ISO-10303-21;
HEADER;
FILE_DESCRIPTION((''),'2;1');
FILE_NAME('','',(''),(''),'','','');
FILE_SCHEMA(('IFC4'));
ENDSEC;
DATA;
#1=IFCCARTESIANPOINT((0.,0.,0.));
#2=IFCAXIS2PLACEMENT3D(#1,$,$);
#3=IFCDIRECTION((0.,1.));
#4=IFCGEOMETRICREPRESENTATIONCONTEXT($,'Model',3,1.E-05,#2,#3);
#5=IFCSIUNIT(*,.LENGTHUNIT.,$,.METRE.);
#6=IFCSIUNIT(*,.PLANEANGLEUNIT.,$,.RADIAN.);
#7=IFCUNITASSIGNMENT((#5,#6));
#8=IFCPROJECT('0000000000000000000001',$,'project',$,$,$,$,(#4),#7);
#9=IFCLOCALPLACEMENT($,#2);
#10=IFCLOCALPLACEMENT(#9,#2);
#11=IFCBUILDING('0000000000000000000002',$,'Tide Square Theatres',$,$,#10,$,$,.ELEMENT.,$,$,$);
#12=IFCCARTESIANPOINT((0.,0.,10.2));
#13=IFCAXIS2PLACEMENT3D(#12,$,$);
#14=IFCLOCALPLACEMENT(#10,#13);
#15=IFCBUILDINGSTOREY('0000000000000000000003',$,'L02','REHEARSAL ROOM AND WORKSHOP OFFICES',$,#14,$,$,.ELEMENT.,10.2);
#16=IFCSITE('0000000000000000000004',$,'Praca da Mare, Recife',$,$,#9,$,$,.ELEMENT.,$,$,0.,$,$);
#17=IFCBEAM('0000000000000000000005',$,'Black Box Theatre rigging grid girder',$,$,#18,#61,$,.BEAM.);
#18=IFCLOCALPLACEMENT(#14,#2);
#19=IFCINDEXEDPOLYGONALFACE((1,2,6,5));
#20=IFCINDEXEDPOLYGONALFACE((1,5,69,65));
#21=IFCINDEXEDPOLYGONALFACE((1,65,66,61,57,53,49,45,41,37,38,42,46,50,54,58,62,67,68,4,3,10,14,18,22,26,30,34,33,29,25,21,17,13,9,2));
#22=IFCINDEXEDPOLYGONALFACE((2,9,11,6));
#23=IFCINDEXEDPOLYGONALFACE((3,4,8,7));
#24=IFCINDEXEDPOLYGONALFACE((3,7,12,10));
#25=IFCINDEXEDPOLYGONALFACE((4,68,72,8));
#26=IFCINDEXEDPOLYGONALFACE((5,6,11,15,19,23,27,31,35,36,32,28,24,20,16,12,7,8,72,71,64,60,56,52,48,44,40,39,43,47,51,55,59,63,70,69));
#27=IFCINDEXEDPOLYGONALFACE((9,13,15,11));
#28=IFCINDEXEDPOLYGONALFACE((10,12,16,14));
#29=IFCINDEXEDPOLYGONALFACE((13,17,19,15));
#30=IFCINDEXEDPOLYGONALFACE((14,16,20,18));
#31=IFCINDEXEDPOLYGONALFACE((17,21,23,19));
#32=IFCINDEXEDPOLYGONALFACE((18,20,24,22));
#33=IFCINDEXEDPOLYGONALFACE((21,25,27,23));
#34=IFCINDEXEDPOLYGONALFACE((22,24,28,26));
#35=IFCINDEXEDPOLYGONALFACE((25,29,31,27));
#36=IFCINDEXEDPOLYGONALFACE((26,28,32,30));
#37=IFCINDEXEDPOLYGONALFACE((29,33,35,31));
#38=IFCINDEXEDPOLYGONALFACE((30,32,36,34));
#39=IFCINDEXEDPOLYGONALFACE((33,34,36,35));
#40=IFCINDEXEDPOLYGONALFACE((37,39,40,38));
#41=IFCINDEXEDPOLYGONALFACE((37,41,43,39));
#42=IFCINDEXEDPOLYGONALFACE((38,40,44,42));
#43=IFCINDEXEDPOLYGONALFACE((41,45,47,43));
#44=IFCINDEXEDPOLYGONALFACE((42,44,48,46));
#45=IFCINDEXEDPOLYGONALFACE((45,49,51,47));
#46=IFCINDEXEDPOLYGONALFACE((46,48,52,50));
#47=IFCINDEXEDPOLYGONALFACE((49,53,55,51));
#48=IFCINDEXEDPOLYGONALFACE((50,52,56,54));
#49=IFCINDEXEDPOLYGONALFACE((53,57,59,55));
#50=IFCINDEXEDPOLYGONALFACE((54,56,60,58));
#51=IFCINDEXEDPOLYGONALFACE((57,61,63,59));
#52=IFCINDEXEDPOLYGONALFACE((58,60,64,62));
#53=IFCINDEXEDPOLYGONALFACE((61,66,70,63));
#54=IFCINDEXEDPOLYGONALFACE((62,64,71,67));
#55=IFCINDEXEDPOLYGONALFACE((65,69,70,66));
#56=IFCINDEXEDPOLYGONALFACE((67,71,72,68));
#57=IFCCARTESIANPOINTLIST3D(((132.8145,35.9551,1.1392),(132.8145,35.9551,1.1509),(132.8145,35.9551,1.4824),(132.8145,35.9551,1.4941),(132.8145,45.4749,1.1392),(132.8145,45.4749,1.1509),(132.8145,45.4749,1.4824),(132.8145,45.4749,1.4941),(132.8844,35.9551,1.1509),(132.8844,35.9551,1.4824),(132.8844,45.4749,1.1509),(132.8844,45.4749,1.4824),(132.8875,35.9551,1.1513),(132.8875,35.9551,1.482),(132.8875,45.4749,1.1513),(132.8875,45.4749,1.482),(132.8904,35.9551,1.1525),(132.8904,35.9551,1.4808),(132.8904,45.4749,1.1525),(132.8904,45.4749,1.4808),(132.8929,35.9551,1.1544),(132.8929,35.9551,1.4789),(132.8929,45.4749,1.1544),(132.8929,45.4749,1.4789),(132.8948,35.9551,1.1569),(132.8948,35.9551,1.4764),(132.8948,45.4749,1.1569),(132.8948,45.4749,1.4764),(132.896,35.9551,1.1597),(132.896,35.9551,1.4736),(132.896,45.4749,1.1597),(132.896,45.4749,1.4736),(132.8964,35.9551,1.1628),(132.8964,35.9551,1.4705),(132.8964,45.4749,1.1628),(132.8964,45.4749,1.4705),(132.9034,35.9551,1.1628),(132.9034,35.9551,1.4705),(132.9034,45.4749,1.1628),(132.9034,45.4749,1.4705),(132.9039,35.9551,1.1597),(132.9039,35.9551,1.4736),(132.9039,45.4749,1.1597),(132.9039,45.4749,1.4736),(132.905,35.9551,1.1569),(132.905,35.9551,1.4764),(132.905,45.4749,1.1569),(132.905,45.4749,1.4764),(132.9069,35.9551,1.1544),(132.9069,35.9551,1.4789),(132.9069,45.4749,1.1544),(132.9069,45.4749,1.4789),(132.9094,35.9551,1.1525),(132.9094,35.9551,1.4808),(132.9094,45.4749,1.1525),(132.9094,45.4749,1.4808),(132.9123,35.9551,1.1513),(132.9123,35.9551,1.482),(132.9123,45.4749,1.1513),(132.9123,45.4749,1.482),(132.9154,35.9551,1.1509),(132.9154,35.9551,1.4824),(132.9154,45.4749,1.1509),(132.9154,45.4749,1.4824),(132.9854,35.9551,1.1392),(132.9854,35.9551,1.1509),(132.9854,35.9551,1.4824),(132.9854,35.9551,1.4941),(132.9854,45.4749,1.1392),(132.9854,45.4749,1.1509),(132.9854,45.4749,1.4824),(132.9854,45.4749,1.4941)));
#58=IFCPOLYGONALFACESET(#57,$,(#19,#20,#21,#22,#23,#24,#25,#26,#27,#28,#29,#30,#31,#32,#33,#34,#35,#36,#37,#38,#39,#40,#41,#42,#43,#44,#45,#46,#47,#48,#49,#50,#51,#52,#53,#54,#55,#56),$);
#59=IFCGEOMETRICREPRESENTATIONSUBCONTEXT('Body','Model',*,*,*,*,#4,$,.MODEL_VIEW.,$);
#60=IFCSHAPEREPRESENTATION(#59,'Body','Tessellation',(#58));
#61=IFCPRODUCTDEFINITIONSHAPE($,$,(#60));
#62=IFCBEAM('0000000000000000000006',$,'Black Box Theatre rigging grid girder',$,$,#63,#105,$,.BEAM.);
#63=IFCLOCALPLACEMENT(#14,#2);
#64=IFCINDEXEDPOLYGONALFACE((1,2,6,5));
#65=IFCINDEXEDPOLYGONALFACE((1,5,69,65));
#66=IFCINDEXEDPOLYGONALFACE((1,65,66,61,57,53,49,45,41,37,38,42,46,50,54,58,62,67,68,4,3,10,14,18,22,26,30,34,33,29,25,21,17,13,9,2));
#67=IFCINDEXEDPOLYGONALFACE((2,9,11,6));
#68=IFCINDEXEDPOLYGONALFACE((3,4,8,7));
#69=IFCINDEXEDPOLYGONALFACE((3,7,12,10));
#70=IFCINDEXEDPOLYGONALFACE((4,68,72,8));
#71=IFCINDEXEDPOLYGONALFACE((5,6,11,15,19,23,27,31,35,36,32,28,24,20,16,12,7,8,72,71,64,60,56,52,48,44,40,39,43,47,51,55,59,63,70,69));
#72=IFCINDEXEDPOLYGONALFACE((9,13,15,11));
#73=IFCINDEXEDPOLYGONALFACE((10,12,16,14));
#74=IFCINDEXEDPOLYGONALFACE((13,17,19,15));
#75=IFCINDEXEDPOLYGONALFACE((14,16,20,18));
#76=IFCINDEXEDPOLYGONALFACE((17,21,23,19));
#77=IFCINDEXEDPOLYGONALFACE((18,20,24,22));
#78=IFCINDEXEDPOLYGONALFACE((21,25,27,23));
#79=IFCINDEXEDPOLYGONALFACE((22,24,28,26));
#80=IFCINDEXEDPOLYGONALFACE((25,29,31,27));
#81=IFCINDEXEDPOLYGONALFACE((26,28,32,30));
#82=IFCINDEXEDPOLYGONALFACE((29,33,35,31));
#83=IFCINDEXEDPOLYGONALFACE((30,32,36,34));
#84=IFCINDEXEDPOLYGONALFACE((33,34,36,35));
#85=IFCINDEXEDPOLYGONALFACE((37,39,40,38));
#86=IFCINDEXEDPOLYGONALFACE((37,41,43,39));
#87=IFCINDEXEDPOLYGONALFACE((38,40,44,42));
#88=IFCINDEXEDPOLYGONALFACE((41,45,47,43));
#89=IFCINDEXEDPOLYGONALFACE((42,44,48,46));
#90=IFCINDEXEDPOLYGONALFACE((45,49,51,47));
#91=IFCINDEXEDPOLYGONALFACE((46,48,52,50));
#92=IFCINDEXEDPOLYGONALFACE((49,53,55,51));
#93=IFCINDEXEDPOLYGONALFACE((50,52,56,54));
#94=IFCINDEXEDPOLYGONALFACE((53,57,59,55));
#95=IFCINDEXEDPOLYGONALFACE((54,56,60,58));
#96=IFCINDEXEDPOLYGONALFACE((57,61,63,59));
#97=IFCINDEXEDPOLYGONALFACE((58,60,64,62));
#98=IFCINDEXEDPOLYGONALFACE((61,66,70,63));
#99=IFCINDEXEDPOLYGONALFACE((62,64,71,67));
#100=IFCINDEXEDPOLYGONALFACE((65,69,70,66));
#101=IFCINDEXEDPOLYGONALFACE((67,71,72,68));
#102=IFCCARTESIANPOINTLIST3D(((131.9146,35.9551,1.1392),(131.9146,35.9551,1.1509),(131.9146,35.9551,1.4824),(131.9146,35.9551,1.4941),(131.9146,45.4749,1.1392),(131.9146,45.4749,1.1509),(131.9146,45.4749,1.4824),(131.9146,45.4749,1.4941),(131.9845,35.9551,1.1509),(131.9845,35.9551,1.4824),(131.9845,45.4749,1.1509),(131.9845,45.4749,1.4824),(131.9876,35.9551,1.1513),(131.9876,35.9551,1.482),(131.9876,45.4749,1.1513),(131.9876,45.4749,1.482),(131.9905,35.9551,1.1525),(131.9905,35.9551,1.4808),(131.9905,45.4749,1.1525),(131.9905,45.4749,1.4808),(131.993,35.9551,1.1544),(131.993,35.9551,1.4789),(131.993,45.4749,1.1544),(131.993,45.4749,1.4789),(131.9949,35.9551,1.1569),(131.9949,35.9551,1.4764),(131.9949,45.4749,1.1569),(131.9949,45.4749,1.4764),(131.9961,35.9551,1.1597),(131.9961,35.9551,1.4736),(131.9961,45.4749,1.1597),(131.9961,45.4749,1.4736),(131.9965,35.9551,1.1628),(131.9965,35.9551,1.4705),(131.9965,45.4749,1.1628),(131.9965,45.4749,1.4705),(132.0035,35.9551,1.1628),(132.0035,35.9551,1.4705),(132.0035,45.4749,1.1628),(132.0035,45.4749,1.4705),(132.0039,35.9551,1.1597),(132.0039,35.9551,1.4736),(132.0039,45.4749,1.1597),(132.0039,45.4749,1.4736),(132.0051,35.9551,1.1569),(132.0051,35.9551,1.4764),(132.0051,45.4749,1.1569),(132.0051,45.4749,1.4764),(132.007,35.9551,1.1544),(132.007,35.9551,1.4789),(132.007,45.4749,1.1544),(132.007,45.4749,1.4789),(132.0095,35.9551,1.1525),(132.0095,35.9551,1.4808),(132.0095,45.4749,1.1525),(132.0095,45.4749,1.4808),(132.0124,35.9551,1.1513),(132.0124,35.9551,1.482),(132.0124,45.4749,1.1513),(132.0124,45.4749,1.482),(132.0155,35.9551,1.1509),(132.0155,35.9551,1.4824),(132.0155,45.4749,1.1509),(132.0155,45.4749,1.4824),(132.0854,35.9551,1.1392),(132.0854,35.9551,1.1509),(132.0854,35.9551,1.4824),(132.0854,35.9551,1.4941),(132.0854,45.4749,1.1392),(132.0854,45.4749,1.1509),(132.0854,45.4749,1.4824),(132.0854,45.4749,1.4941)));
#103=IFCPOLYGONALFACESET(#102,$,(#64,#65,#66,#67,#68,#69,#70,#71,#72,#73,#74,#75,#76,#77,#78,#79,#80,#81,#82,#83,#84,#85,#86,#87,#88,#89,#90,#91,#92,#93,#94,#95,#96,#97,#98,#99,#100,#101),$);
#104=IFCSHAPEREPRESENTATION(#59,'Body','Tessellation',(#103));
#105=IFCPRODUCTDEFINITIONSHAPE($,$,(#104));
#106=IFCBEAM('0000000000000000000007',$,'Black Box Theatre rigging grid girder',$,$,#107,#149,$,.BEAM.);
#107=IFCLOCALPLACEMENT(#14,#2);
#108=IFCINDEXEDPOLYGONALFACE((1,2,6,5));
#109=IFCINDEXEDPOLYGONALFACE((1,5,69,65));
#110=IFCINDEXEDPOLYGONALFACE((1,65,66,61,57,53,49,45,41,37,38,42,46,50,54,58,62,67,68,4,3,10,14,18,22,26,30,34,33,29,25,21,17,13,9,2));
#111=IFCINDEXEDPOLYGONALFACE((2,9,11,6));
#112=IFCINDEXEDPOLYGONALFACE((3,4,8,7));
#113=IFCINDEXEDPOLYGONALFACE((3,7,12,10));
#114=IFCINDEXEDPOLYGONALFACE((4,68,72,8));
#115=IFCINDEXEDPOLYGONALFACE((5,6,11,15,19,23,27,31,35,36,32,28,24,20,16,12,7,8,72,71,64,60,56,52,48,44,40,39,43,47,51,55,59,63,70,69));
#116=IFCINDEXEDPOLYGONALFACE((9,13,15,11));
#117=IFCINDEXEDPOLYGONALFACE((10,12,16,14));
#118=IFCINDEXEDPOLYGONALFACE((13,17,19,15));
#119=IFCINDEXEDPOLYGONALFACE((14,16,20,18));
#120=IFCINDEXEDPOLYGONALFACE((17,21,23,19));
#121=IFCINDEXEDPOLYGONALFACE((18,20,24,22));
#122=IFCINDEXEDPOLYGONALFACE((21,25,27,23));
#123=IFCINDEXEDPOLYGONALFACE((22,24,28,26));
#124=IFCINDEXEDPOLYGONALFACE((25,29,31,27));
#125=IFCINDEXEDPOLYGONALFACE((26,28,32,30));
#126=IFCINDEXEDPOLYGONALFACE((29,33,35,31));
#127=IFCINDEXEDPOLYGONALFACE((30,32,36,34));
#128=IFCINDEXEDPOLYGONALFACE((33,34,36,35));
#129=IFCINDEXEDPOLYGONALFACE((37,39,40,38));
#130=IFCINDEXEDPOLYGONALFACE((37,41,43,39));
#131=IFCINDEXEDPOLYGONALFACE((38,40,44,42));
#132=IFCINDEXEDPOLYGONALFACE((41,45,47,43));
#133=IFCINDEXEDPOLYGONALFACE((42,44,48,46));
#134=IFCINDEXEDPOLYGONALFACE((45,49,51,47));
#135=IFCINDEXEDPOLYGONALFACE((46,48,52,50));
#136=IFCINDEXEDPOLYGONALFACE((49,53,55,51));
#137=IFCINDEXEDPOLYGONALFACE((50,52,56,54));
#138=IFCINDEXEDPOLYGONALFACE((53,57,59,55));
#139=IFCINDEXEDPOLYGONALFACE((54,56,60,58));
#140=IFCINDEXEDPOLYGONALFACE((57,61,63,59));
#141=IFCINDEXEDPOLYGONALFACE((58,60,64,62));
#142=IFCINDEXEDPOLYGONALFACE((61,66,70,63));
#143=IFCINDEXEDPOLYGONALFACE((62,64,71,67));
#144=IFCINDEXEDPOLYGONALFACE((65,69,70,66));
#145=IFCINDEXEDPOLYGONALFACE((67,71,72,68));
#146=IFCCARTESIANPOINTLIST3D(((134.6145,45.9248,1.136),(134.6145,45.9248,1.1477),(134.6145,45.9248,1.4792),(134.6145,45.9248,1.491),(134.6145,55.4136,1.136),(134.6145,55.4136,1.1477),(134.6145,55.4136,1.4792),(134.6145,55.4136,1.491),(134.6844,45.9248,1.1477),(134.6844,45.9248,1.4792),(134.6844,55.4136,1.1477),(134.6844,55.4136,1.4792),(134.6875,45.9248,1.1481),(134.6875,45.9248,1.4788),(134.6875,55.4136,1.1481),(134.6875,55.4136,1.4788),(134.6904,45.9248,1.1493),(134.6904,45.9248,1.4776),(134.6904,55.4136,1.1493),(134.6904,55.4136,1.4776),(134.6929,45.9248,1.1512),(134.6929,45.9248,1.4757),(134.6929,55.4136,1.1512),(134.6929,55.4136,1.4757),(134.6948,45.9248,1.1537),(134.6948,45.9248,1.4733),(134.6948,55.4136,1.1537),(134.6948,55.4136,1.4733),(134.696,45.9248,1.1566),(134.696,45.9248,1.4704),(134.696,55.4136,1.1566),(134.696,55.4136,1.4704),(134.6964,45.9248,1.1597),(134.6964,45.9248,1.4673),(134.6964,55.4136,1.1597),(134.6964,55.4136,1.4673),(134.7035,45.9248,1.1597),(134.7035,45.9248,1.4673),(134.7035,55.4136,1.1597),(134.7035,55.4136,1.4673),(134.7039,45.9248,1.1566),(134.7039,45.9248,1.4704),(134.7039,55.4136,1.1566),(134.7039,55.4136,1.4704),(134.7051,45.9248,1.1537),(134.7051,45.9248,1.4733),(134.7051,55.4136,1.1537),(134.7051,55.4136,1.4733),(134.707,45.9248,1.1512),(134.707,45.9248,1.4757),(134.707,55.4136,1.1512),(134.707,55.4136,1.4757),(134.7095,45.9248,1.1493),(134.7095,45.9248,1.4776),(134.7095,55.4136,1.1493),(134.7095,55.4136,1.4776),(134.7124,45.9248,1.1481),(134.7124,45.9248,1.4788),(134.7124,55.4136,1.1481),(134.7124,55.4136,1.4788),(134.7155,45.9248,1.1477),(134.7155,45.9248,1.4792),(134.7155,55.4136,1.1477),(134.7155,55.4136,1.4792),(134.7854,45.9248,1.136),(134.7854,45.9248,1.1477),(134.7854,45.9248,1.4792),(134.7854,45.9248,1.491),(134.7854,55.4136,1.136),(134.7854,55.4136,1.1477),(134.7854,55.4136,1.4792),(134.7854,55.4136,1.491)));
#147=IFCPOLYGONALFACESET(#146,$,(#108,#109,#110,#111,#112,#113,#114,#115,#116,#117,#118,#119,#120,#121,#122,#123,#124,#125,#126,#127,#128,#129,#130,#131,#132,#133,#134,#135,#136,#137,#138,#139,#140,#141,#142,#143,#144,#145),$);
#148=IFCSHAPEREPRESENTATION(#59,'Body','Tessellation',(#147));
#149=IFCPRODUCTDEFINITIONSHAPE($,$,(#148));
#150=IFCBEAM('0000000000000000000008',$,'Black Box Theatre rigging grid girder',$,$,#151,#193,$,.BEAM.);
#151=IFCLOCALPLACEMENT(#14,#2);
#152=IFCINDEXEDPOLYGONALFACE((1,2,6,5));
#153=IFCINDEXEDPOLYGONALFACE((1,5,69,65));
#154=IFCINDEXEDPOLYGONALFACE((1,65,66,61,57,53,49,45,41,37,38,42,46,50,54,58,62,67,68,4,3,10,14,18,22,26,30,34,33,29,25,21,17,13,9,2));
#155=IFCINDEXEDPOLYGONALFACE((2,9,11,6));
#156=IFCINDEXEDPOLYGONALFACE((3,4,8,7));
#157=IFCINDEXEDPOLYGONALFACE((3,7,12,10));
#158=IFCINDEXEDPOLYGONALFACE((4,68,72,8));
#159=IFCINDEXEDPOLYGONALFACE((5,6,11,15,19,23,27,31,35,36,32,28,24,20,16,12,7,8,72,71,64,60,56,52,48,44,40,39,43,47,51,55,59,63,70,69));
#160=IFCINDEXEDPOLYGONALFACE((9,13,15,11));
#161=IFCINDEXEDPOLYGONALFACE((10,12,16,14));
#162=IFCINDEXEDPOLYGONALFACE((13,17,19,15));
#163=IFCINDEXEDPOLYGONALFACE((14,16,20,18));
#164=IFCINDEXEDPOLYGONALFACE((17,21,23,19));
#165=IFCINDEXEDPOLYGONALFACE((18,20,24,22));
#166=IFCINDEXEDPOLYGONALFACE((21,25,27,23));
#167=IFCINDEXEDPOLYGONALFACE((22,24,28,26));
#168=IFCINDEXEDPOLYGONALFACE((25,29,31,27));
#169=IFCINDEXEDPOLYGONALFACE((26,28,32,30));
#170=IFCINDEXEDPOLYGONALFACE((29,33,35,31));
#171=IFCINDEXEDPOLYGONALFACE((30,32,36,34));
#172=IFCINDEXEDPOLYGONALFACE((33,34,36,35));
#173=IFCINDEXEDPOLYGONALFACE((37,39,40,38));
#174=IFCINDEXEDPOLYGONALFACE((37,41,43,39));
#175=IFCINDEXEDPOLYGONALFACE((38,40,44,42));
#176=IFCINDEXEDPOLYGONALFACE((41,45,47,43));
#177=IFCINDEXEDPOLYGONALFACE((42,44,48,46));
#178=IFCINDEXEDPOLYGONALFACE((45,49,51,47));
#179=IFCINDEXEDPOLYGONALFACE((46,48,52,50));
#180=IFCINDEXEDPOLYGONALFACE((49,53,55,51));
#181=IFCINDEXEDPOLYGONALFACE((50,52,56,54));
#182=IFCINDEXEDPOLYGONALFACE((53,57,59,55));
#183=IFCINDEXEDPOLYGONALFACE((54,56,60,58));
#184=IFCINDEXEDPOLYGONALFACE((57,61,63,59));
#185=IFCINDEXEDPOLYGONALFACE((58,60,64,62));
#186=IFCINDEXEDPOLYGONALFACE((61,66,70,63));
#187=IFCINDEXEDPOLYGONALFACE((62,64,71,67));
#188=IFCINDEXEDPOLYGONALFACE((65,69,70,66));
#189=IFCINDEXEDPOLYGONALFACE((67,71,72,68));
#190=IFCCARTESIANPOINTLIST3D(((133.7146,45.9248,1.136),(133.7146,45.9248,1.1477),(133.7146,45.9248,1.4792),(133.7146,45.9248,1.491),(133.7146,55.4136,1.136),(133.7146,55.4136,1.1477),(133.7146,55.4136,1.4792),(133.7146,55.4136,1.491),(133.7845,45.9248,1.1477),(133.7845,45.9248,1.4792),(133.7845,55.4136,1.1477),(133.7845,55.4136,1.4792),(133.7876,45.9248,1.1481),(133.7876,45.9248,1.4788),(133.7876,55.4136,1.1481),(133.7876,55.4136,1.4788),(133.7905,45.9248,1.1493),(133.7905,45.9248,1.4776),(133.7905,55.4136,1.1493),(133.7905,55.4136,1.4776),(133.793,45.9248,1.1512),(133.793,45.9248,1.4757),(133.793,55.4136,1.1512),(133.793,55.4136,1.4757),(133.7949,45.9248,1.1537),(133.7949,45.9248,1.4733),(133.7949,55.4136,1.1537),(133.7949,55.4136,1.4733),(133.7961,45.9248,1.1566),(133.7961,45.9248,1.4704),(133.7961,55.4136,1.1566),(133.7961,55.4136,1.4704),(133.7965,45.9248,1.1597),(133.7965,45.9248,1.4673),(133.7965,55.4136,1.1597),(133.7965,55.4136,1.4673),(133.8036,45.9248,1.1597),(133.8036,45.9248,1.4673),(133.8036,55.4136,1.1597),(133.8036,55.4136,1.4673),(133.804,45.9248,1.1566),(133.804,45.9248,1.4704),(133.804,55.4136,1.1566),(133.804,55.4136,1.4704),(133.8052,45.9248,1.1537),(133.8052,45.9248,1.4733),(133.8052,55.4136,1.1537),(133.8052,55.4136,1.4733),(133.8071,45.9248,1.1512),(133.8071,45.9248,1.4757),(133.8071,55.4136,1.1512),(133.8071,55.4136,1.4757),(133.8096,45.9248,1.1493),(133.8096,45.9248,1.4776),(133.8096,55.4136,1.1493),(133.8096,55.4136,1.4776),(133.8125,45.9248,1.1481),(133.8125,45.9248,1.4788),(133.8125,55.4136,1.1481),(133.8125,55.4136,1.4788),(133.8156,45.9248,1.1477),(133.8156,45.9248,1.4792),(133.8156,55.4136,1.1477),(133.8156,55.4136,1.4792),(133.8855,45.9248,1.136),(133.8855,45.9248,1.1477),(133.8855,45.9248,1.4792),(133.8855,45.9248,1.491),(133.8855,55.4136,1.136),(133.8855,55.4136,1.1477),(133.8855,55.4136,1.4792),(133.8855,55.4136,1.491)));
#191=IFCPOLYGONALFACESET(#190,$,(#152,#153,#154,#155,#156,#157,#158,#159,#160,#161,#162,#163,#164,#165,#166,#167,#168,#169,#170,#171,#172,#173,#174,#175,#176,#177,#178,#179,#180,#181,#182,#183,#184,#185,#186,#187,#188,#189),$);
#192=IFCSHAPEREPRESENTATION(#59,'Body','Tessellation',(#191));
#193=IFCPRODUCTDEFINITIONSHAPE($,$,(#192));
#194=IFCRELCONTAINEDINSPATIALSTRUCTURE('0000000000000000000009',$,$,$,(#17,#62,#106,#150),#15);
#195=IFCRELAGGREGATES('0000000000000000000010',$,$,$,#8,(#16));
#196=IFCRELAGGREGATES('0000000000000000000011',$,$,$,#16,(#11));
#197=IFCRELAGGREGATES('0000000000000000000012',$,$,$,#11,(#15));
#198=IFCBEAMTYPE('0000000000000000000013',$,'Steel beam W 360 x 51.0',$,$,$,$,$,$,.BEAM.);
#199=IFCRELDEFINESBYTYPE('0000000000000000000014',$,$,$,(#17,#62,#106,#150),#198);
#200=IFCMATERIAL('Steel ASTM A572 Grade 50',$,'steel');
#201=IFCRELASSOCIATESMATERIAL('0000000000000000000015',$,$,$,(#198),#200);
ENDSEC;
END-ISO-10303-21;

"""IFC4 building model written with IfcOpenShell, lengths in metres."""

from ifc_helpers import new_model, si_unit, direction, frame, origin, origin_2d, place, context, subcontext, project, spatial, i_section, extrude, material, material_profile, profile_set, type_object, element, save


model = new_model("IFC4")

# Units and contexts
model_context = context("Model", 3, precision=1e-05, world=origin(), true_north=direction((0.0, 1.0)))
body_context = subcontext(model_context, "Body", "Model", "MODEL_VIEW")
ifc_project = project(units=[si_unit("LENGTHUNIT", "METRE"), si_unit("PLANEANGLEUNIT", "RADIAN")], contexts=[model_context])

# Site, building, storey
site_placement = place(None, origin())
site = spatial("IfcSite", under=ifc_project, at=site_placement, Name="Praca da Mare, Recife", CompositionType="ELEMENT", RefElevation=0.0)
building_placement = place(site_placement, origin())
building = spatial("IfcBuilding", under=site, at=building_placement, Name="Tide Square Theatres", CompositionType="ELEMENT")
storey_placement = place(building_placement, frame((0.0, 0.0, 10.2)))
storey = spatial("IfcBuildingStorey", under=building, at=storey_placement, Name="L02", Description="REHEARSAL ROOM AND WORKSHOP OFFICES", CompositionType="ELEMENT", Elevation=10.2)

# Beams
ifc_material_1 = material(Name="Steel ASTM A572 Grade 50", Category="steel")
ifc_material_profile_1 = material_profile(ifc_material_1, i_section(OverallWidth=0.1709, OverallDepth=0.355, WebThickness=0.0071, FlangeThickness=0.0117, FilletRadius=0.012, at=origin_2d()))
ifc_profile_set_1 = profile_set([ifc_material_profile_1], Name="Steel ASTM A572 Grade 50")
beam_type_1 = type_object("IfcBeamType", Name="Steel beam W 360 x 51.0", PredefinedType="BEAM", material=ifc_profile_set_1)
for number, where, z_axis, x_axis, name in (
    (1, (132.8999, 35.9551, 1.3167), (0.0, 1.0, 0.0), (-1.0, 0.0, 0.0), "Black Box Theatre rigging grid girder"),
    (2, (132.0, 35.9551, 1.3167), (0.0, 1.0, 0.0), (-1.0, 0.0, 0.0), "Black Box Theatre rigging grid girder"),
):
    element("IfcBeam", number, at=place(storey_placement, frame(where, z_axis=z_axis, x_axis=x_axis)), inside=storey, type_object=beam_type_1, Name=name, PredefinedType="BEAM", context=body_context, shape_type="SweptSolid", body=[
        extrude(i_section(OverallWidth=0.1709, OverallDepth=0.355, WebThickness=0.0071, FlangeThickness=0.0117, FilletRadius=0.012, at=origin_2d()), origin(), (0.0, 0.0, 1.0), 9.5198),
    ])
for number, where, z_axis, x_axis, name in (
    (3, (134.7, 45.9248, 1.3135), (0.0, 1.0, 0.0), (-1.0, 0.0, 0.0), "Black Box Theatre rigging grid girder"),
    (4, (133.8, 45.9248, 1.3135), (0.0, 1.0, 0.0), (-1.0, 0.0, 0.0), "Black Box Theatre rigging grid girder"),
):
    element("IfcBeam", number, at=place(storey_placement, frame(where, z_axis=z_axis, x_axis=x_axis)), inside=storey, type_object=beam_type_1, Name=name, PredefinedType="BEAM", context=body_context, shape_type="SweptSolid", body=[
        extrude(i_section(OverallWidth=0.1709, OverallDepth=0.355, WebThickness=0.0071, FlangeThickness=0.0117, FilletRadius=0.012, at=origin_2d()), origin(), (0.0, 0.0, 1.0), 9.4888),
    ])

save(model, "model.ifc")
